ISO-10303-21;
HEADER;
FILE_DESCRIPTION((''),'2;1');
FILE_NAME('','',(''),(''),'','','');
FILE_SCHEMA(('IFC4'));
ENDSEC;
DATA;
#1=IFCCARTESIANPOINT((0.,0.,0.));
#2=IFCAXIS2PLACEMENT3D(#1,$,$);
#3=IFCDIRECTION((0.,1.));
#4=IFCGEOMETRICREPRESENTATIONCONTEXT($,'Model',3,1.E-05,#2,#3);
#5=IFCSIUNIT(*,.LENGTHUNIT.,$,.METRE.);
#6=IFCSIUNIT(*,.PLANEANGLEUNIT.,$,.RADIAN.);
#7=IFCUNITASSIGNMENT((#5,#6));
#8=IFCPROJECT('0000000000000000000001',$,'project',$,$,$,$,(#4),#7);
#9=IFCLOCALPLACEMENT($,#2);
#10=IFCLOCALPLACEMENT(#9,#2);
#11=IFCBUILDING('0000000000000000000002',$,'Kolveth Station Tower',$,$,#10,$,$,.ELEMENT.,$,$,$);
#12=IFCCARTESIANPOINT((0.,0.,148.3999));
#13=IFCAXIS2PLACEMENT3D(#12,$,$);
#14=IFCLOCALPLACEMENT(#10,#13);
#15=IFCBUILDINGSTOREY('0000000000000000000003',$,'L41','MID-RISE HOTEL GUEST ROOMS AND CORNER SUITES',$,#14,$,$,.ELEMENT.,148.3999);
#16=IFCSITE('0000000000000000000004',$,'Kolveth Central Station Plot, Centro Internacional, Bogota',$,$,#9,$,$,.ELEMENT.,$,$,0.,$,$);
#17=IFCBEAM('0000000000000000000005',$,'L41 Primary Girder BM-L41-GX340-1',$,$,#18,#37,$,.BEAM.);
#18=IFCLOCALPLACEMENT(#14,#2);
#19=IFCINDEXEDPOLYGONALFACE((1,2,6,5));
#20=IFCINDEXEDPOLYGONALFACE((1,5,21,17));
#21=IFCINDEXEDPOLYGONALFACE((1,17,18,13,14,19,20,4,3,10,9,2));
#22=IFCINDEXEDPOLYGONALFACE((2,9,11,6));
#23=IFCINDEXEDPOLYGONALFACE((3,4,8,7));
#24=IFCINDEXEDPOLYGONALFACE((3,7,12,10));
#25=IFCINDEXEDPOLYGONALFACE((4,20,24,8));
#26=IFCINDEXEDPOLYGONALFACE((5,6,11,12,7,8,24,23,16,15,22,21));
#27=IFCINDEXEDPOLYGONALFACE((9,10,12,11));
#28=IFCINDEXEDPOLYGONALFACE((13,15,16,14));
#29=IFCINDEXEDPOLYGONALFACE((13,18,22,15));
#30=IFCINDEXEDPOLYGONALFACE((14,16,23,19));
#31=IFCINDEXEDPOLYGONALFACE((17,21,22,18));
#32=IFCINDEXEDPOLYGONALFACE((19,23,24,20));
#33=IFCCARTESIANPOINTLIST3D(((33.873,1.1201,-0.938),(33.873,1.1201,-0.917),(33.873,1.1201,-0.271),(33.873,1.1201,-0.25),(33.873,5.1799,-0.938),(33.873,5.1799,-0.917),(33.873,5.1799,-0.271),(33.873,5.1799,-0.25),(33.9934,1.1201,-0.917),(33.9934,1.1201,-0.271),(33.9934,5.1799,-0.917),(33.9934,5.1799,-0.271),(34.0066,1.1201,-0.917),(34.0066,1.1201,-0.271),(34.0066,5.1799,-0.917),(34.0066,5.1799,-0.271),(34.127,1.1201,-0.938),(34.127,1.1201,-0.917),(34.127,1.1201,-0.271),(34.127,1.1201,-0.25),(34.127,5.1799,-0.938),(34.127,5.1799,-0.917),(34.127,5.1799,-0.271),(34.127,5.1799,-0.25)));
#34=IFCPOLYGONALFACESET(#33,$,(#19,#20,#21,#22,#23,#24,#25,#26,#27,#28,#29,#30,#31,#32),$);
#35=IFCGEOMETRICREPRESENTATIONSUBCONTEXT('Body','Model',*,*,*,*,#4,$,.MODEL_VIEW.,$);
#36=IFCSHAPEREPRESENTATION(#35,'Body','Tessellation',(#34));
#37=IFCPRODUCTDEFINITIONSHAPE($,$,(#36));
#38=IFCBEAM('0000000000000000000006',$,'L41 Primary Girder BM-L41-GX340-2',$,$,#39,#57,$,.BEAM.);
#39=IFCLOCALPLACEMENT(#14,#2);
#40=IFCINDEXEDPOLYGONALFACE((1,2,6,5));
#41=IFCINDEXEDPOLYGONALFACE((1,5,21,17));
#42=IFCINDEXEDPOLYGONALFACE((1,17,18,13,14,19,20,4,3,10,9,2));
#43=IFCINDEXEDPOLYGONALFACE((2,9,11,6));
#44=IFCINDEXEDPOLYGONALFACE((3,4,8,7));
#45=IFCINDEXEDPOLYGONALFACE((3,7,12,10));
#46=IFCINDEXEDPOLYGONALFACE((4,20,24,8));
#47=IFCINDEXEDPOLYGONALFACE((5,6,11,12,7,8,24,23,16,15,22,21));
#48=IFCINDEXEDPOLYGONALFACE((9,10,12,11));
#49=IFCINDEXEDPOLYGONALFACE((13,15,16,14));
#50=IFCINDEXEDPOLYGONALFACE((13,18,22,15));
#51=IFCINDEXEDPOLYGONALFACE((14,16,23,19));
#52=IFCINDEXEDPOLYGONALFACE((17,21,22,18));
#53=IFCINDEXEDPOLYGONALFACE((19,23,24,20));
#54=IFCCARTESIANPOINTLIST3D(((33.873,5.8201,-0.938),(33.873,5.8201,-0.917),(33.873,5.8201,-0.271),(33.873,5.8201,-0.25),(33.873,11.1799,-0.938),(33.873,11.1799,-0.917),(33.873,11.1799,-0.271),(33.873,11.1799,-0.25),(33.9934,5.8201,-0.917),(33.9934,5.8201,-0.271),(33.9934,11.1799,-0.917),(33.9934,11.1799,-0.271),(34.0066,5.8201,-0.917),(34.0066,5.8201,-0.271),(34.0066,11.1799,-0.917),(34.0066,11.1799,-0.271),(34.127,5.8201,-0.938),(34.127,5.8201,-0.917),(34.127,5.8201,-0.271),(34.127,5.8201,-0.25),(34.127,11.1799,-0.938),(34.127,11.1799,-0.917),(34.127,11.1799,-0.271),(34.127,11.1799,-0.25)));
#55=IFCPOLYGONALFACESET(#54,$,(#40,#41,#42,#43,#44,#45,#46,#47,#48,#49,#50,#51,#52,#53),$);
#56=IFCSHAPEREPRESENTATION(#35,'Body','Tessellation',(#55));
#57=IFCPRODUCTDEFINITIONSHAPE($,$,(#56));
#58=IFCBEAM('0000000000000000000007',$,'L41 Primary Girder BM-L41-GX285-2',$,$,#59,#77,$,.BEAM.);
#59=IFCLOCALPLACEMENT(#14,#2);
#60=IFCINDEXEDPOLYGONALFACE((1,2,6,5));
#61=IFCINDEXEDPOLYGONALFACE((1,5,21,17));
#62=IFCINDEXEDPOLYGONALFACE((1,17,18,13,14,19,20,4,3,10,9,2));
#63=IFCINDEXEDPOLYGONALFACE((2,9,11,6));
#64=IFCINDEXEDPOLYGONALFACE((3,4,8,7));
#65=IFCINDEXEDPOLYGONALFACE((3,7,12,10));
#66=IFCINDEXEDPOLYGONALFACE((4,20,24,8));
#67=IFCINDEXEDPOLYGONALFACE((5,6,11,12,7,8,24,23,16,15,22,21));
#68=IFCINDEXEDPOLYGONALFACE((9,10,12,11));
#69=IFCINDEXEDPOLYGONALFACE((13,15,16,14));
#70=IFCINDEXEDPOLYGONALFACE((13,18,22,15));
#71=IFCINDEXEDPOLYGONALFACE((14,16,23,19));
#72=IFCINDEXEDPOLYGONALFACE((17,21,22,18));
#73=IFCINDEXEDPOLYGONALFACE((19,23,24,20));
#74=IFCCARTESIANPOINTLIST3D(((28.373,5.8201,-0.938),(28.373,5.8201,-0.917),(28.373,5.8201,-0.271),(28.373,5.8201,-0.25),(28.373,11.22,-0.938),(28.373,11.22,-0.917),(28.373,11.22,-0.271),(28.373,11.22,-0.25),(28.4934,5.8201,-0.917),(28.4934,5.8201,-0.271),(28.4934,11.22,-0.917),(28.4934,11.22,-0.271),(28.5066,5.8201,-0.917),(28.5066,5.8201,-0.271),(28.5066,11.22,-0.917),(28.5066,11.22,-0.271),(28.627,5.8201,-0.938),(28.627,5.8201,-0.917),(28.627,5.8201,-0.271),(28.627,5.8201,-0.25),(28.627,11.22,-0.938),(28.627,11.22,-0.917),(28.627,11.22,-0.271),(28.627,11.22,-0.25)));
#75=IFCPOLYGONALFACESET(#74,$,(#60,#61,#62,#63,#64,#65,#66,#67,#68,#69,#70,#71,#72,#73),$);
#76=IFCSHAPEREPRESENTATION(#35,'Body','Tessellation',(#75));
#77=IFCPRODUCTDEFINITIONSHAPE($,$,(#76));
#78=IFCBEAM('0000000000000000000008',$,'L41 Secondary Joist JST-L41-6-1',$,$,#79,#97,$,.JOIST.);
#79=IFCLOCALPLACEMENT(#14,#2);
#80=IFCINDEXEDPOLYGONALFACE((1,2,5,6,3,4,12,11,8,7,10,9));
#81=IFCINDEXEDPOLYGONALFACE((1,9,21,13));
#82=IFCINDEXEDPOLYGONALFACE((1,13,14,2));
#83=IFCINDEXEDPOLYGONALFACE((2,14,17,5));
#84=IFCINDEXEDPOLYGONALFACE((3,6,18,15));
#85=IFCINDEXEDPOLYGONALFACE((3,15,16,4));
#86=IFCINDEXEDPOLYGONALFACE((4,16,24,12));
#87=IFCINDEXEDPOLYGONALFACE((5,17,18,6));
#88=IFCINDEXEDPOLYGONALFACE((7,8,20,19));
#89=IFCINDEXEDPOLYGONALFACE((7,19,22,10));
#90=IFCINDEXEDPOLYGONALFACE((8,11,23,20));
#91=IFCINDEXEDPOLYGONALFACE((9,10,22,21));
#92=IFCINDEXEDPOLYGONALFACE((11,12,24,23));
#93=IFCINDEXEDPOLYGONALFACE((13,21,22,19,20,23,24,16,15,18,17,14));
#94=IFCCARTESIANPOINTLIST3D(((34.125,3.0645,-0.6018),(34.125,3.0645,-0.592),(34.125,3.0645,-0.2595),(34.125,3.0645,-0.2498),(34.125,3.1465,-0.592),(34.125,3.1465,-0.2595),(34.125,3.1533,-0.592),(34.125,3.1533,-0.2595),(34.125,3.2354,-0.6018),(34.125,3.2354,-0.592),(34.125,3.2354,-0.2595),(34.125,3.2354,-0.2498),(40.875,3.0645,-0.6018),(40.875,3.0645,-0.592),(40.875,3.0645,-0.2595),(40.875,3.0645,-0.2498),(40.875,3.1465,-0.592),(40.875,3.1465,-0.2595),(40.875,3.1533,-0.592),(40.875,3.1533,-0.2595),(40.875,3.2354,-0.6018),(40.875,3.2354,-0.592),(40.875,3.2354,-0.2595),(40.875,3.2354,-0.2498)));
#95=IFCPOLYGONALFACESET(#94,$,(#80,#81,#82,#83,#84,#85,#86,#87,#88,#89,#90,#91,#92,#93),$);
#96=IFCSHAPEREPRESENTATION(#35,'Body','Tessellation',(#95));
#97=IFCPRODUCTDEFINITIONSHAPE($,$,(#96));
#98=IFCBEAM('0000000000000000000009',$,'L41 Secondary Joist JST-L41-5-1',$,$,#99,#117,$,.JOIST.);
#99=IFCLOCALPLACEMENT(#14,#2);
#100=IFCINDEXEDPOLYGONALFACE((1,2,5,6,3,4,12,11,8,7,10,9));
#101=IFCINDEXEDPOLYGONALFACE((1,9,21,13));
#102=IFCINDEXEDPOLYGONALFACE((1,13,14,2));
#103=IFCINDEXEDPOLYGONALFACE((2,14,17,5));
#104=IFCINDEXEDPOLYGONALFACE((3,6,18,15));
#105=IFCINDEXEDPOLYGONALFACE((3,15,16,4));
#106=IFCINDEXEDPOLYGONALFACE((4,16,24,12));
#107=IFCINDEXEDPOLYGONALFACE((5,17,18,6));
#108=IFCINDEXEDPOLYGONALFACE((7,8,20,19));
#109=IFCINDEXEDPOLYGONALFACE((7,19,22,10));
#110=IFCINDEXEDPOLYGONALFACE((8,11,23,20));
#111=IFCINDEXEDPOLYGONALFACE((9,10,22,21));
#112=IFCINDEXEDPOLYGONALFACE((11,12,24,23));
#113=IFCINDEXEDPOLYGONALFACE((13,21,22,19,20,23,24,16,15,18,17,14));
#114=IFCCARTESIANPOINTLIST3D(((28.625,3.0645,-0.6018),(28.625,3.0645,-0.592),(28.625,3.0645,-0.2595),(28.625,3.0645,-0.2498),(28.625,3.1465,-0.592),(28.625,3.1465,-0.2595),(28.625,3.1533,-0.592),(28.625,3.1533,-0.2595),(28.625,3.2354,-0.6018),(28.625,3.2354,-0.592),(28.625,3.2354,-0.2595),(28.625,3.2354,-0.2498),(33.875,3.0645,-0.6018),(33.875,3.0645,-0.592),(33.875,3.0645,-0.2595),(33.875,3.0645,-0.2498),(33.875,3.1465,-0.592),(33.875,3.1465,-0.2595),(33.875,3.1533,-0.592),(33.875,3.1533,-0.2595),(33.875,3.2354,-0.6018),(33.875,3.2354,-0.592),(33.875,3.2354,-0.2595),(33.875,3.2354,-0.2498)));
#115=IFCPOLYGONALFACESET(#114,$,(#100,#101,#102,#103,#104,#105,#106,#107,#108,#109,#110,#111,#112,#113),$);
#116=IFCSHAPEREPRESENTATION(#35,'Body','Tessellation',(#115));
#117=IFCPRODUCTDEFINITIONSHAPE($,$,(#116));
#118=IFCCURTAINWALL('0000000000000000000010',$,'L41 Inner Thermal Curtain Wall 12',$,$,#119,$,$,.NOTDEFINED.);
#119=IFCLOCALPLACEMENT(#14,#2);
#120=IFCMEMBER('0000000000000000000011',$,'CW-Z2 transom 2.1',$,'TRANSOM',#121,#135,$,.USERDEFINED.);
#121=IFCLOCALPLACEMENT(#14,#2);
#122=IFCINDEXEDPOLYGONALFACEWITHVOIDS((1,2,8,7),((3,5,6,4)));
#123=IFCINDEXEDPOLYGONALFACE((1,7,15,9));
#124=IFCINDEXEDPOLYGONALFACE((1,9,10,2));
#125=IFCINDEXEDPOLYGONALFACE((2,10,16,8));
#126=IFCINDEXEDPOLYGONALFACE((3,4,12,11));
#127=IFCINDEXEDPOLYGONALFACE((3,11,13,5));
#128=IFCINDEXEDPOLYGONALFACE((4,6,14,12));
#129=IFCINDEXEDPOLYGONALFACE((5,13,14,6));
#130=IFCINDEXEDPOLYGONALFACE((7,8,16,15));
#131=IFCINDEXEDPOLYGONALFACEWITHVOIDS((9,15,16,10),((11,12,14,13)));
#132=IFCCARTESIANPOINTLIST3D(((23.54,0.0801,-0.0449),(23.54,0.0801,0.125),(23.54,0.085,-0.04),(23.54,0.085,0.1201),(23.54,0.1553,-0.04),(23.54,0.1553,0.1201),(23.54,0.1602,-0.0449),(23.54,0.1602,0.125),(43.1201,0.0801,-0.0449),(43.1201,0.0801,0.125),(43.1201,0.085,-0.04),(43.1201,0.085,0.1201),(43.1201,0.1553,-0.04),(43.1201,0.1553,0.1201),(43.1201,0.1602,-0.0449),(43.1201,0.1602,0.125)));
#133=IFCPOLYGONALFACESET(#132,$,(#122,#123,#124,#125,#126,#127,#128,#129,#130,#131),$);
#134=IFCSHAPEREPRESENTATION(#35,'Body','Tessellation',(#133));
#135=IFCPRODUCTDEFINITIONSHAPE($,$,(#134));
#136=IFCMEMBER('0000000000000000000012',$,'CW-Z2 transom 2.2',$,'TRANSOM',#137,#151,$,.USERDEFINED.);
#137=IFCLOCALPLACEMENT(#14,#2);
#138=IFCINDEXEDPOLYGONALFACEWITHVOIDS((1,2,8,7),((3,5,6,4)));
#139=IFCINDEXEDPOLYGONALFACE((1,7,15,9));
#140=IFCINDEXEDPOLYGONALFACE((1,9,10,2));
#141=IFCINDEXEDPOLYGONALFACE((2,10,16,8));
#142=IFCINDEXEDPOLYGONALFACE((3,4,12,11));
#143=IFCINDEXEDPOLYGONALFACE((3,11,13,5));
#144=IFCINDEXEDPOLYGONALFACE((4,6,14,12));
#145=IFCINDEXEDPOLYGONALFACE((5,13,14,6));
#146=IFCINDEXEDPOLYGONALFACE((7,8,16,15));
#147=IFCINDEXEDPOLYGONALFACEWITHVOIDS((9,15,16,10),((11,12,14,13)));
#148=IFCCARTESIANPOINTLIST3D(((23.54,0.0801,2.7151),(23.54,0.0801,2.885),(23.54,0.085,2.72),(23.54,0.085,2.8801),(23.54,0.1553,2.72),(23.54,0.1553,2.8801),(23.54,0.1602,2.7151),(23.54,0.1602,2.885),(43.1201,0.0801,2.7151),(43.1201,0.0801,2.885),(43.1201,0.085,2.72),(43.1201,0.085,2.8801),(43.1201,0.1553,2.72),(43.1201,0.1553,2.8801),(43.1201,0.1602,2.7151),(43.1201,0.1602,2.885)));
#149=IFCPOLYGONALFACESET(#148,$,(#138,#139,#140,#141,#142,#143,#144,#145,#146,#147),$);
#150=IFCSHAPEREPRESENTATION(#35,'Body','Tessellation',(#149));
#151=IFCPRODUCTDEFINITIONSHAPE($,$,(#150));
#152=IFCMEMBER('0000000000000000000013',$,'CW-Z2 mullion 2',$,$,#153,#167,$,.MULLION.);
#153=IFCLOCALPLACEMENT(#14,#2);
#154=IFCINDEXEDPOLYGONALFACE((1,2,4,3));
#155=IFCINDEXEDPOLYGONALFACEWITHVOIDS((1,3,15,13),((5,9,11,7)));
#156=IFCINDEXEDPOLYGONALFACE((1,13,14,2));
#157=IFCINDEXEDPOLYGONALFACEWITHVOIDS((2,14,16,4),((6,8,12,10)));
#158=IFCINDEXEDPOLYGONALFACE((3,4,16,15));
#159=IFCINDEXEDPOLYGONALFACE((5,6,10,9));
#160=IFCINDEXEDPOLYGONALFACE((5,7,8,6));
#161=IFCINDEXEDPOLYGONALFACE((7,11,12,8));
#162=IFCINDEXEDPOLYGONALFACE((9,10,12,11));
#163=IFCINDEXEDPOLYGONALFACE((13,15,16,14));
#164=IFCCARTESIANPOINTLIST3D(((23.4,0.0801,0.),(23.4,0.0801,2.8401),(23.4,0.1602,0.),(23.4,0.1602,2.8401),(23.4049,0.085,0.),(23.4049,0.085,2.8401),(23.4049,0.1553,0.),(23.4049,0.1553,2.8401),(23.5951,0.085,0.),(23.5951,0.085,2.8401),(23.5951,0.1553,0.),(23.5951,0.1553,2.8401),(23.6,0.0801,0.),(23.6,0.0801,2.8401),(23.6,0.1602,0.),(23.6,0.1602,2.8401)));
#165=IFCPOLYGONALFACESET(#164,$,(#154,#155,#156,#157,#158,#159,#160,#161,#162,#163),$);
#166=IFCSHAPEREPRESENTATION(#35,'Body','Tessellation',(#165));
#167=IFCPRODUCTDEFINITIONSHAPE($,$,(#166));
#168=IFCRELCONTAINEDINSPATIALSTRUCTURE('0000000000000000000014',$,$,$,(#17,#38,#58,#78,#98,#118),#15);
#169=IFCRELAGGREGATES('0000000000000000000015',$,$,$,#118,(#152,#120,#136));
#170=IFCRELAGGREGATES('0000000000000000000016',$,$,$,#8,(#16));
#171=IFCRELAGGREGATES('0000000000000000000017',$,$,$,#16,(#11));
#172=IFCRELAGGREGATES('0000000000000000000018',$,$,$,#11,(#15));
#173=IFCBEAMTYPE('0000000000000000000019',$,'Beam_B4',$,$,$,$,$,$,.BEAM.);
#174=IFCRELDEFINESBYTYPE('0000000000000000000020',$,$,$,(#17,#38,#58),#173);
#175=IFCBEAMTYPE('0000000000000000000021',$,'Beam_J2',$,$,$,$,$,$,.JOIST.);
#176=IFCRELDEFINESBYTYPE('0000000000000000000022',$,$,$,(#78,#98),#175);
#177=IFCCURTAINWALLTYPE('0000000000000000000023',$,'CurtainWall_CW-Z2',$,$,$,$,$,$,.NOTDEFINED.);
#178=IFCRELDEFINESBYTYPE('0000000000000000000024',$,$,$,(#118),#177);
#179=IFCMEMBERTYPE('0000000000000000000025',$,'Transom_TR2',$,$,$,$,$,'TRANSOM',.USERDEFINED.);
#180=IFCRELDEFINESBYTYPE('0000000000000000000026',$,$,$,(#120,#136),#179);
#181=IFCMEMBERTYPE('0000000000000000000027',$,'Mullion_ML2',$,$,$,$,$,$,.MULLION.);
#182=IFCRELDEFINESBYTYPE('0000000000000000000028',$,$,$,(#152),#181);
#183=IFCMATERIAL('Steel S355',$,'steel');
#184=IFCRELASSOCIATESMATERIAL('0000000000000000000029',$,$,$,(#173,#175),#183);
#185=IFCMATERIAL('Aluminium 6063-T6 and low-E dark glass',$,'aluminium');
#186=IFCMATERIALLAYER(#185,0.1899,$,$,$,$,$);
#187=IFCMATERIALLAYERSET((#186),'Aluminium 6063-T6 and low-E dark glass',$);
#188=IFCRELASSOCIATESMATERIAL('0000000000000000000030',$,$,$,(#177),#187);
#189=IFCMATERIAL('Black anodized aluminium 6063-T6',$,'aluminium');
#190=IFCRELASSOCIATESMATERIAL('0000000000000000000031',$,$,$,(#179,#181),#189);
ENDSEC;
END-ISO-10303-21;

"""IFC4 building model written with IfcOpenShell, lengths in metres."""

from ifc_helpers import new_model, si_unit, direction, frame, origin, origin_2d, place, context, subcontext, project, spatial, hollow_rectangle, i_section, extrude, source, transform, mapped, material, layer, layer_set, material_profile, profile_set, type_object, element, aggregate, save


model = new_model("IFC4")

# Units and contexts
model_context = context("Model", 3, precision=1e-05, world=origin(), true_north=direction((0.0, 1.0)))
body_context = subcontext(model_context, "Body", "Model", "MODEL_VIEW")
ifc_project = project(units=[si_unit("LENGTHUNIT", "METRE"), si_unit("PLANEANGLEUNIT", "RADIAN")], contexts=[model_context])

# Site, building, storey
site_placement = place(None, origin())
site = spatial("IfcSite", under=ifc_project, at=site_placement, Name="Kolveth Central Station Plot, Centro Internacional, Bogota", CompositionType="ELEMENT", RefElevation=0.0)
building_placement = place(site_placement, origin())
building = spatial("IfcBuilding", under=site, at=building_placement, Name="Kolveth Station Tower", CompositionType="ELEMENT")
storey_placement = place(building_placement, frame((0.0, 0.0, 148.3999)))
storey = spatial("IfcBuildingStorey", under=building, at=storey_placement, Name="L41", Description="MID-RISE HOTEL GUEST ROOMS AND CORNER SUITES", CompositionType="ELEMENT", Elevation=148.3999)

# Beams
ifc_material_1 = material(Name="Steel S355", Category="steel")
ifc_material_profile_1 = material_profile(ifc_material_1, i_section(OverallWidth=0.2539, OverallDepth=0.688, WebThickness=0.0132, FlangeThickness=0.021, at=origin_2d()), Name="W690x152")
ifc_profile_set_1 = profile_set([ifc_material_profile_1], Name="Steel S355")
beam_type_1 = type_object("IfcBeamType", Name="Beam_B4", PredefinedType="BEAM", material=ifc_profile_set_1)
shared_shape_1 = source(origin(), body_context, "Body", "SweptSolid", [
    extrude(i_section(OverallWidth=0.2539, OverallDepth=0.688, WebThickness=0.0132, FlangeThickness=0.021, at=origin_2d()), origin(), (0.0, 0.0, 1.0), 4.0598),
])
for number, where, z_axis, x_axis, name in (
    (1, (34.0, 1.1201, -0.594), (0.0, 1.0, 0.0), (-1.0, 0.0, 0.0), "L41 Primary Girder BM-L41-GX340-1"),
):
    element("IfcBeam", number, at=place(storey_placement, frame(where, z_axis=z_axis, x_axis=x_axis)), inside=storey, type_object=beam_type_1, Name=name, PredefinedType="BEAM", context=body_context, shape_type="MappedRepresentation", body=[
        mapped(shared_shape_1, transform((0.0, 0.0, 0.0), x_axis=(1.0, 0.0, 0.0), y_axis=(0.0, 1.0, 0.0), z_axis=(0.0, 0.0, 1.0), scale=1.0)),
    ])
shared_shape_2 = source(origin(), body_context, "Body", "SweptSolid", [
    extrude(i_section(OverallWidth=0.2539, OverallDepth=0.688, WebThickness=0.0132, FlangeThickness=0.021, at=origin_2d()), origin(), (0.0, 0.0, 1.0), 5.3599),
])
beam_1_placement = place(storey_placement, frame((34.0, 5.8201, -0.594), z_axis=(0.0, 1.0, 0.0), x_axis=(-1.0, 0.0, 0.0)))
element("IfcBeam", 2, at=beam_1_placement, inside=storey, type_object=beam_type_1, Name="L41 Primary Girder BM-L41-GX340-2", PredefinedType="BEAM", context=body_context, shape_type="MappedRepresentation", body=[
    mapped(shared_shape_2, transform((0.0, 0.0, 0.0), x_axis=(1.0, 0.0, 0.0), y_axis=(0.0, 1.0, 0.0), z_axis=(0.0, 0.0, 1.0), scale=1.0)),
])
shared_shape_3 = source(origin(), body_context, "Body", "SweptSolid", [
    extrude(i_section(OverallWidth=0.2539, OverallDepth=0.688, WebThickness=0.0132, FlangeThickness=0.021, at=origin_2d()), origin(), (0.0, 0.0, 1.0), 5.3999),
])
beam_2_placement = place(storey_placement, frame((28.5, 5.8201, -0.594), z_axis=(0.0, 1.0, 0.0), x_axis=(-1.0, 0.0, 0.0)))
element("IfcBeam", 3, at=beam_2_placement, inside=storey, type_object=beam_type_1, Name="L41 Primary Girder BM-L41-GX285-2", PredefinedType="BEAM", context=body_context, shape_type="MappedRepresentation", body=[
    mapped(shared_shape_3, transform((0.0, 0.0, 0.0), x_axis=(1.0, 0.0, 0.0), y_axis=(0.0, 1.0, 0.0), z_axis=(0.0, 0.0, 1.0), scale=1.0)),
])
ifc_material_profile_2 = material_profile(ifc_material_1, i_section(OverallWidth=0.1709, OverallDepth=0.3521, WebThickness=0.0068, FlangeThickness=0.0098, at=origin_2d()), Name="W360x44")
ifc_profile_set_2 = profile_set([ifc_material_profile_2], Name="Steel S355")
beam_type_2 = type_object("IfcBeamType", Name="Beam_J2", PredefinedType="JOIST", material=ifc_profile_set_2)
shared_shape_4 = source(origin(), body_context, "Body", "SweptSolid", [
    extrude(i_section(OverallWidth=0.1709, OverallDepth=0.3521, WebThickness=0.0068, FlangeThickness=0.0098, at=origin_2d()), origin(), (0.0, 0.0, 1.0), 6.75),
])
beam_3_placement = place(storey_placement, frame((34.125, 3.1499, -0.4258), z_axis=(1.0, 0.0, 0.0), x_axis=(0.0, 1.0, 0.0)))
element("IfcBeam", 4, at=beam_3_placement, inside=storey, type_object=beam_type_2, Name="L41 Secondary Joist JST-L41-6-1", PredefinedType="JOIST", context=body_context, shape_type="MappedRepresentation", body=[
    mapped(shared_shape_4, transform((0.0, 0.0, 0.0), x_axis=(1.0, 0.0, 0.0), y_axis=(0.0, 1.0, 0.0), z_axis=(0.0, 0.0, 1.0), scale=1.0)),
])
shared_shape_5 = source(origin(), body_context, "Body", "SweptSolid", [
    extrude(i_section(OverallWidth=0.1709, OverallDepth=0.3521, WebThickness=0.0068, FlangeThickness=0.0098, at=origin_2d()), origin(), (0.0, 0.0, 1.0), 5.25),
])
beam_4_placement = place(storey_placement, frame((28.625, 3.1499, -0.4258), z_axis=(1.0, 0.0, 0.0), x_axis=(0.0, 1.0, 0.0)))
element("IfcBeam", 5, at=beam_4_placement, inside=storey, type_object=beam_type_2, Name="L41 Secondary Joist JST-L41-5-1", PredefinedType="JOIST", context=body_context, shape_type="MappedRepresentation", body=[
    mapped(shared_shape_5, transform((0.0, 0.0, 0.0), x_axis=(1.0, 0.0, 0.0), y_axis=(0.0, 1.0, 0.0), z_axis=(0.0, 0.0, 1.0), scale=1.0)),
])

# Curtain wall, members
ifc_material_2 = material(Name="Aluminium 6063-T6 and low-E dark glass", Category="aluminium")
ifc_layer_1 = layer(ifc_material_2, 0.1899)
ifc_layer_set_1 = layer_set([ifc_layer_1], Name="Aluminium 6063-T6 and low-E dark glass")
curtain_wall_type_1 = type_object("IfcCurtainWallType", Name="CurtainWall_CW-Z2", PredefinedType="NOTDEFINED", material=ifc_layer_set_1)
curtain_wall_1_placement = place(storey_placement, origin())
curtain_wall_1 = element("IfcCurtainWall", 6, at=curtain_wall_1_placement, inside=storey, type_object=curtain_wall_type_1, Name="L41 Inner Thermal Curtain Wall 12", PredefinedType="NOTDEFINED")
ifc_material_3 = material(Name="Black anodized aluminium 6063-T6", Category="aluminium")
ifc_material_profile_3 = material_profile(ifc_material_3, hollow_rectangle(XDim=0.0801, YDim=0.1699, WallThickness=0.0049, at=origin_2d()), Name="ALU-80x170x5")
ifc_profile_set_3 = profile_set([ifc_material_profile_3], Name="Black anodized aluminium 6063-T6")
member_type_1 = type_object("IfcMemberType", Name="Transom_TR2", ElementType="TRANSOM", PredefinedType="USERDEFINED", material=ifc_profile_set_3)
shared_shape_6 = source(origin(), body_context, "Body", "SweptSolid", [
    extrude(hollow_rectangle(XDim=0.0801, YDim=0.1699, WallThickness=0.0049, at=origin_2d()), origin(), (0.0, 0.0, 1.0), 19.5801),
])
member_1_placement = place(storey_placement, frame((23.54, 0.1201, 0.04), z_axis=(1.0, 0.0, 0.0), x_axis=(0.0, 1.0, 0.0)))
member_1 = element("IfcMember", 7, at=member_1_placement, type_object=member_type_1, Name="CW-Z2 transom 2.1", ObjectType="TRANSOM", PredefinedType="USERDEFINED", context=body_context, shape_type="MappedRepresentation", body=[
    mapped(shared_shape_6, transform((0.0, 0.0, 0.0), x_axis=(1.0, 0.0, 0.0), y_axis=(0.0, 1.0, 0.0), z_axis=(0.0, 0.0, 1.0), scale=1.0)),
])
member_2_placement = place(storey_placement, frame((23.54, 0.1201, 2.8), z_axis=(1.0, 0.0, 0.0), x_axis=(0.0, 1.0, 0.0)))
member_2 = element("IfcMember", 8, at=member_2_placement, type_object=member_type_1, Name="CW-Z2 transom 2.2", ObjectType="TRANSOM", PredefinedType="USERDEFINED", context=body_context, shape_type="MappedRepresentation", body=[
    mapped(shared_shape_6, transform((0.0, 0.0, 0.0), x_axis=(1.0, 0.0, 0.0), y_axis=(0.0, 1.0, 0.0), z_axis=(0.0, 0.0, 1.0), scale=1.0)),
])
ifc_material_profile_4 = material_profile(ifc_material_3, hollow_rectangle(XDim=0.0801, YDim=0.2, WallThickness=0.0049, at=origin_2d()), Name="ALU-80x200x5")
ifc_profile_set_4 = profile_set([ifc_material_profile_4], Name="Black anodized aluminium 6063-T6")
member_type_2 = type_object("IfcMemberType", Name="Mullion_ML2", PredefinedType="MULLION", material=ifc_profile_set_4)
shared_shape_7 = source(origin(), body_context, "Body", "SweptSolid", [
    extrude(hollow_rectangle(XDim=0.0801, YDim=0.2, WallThickness=0.0049, at=origin_2d()), origin(), (0.0, 0.0, 1.0), 2.8401),
])
member_3_placement = place(storey_placement, frame((23.5, 0.1201, 0.0), z_axis=(0.0, 0.0, 1.0), x_axis=(0.0, 1.0, 0.0)))
member_3 = element("IfcMember", 9, at=member_3_placement, type_object=member_type_2, Name="CW-Z2 mullion 2", PredefinedType="MULLION", context=body_context, shape_type="MappedRepresentation", body=[
    mapped(shared_shape_7, transform((0.0, 0.0, 0.0), x_axis=(1.0, 0.0, 0.0), y_axis=(0.0, 1.0, 0.0), z_axis=(0.0, 0.0, 1.0), scale=1.0)),
])
aggregate(curtain_wall_1, [member_3, member_1, member_2])

save(model, "model.ifc")
